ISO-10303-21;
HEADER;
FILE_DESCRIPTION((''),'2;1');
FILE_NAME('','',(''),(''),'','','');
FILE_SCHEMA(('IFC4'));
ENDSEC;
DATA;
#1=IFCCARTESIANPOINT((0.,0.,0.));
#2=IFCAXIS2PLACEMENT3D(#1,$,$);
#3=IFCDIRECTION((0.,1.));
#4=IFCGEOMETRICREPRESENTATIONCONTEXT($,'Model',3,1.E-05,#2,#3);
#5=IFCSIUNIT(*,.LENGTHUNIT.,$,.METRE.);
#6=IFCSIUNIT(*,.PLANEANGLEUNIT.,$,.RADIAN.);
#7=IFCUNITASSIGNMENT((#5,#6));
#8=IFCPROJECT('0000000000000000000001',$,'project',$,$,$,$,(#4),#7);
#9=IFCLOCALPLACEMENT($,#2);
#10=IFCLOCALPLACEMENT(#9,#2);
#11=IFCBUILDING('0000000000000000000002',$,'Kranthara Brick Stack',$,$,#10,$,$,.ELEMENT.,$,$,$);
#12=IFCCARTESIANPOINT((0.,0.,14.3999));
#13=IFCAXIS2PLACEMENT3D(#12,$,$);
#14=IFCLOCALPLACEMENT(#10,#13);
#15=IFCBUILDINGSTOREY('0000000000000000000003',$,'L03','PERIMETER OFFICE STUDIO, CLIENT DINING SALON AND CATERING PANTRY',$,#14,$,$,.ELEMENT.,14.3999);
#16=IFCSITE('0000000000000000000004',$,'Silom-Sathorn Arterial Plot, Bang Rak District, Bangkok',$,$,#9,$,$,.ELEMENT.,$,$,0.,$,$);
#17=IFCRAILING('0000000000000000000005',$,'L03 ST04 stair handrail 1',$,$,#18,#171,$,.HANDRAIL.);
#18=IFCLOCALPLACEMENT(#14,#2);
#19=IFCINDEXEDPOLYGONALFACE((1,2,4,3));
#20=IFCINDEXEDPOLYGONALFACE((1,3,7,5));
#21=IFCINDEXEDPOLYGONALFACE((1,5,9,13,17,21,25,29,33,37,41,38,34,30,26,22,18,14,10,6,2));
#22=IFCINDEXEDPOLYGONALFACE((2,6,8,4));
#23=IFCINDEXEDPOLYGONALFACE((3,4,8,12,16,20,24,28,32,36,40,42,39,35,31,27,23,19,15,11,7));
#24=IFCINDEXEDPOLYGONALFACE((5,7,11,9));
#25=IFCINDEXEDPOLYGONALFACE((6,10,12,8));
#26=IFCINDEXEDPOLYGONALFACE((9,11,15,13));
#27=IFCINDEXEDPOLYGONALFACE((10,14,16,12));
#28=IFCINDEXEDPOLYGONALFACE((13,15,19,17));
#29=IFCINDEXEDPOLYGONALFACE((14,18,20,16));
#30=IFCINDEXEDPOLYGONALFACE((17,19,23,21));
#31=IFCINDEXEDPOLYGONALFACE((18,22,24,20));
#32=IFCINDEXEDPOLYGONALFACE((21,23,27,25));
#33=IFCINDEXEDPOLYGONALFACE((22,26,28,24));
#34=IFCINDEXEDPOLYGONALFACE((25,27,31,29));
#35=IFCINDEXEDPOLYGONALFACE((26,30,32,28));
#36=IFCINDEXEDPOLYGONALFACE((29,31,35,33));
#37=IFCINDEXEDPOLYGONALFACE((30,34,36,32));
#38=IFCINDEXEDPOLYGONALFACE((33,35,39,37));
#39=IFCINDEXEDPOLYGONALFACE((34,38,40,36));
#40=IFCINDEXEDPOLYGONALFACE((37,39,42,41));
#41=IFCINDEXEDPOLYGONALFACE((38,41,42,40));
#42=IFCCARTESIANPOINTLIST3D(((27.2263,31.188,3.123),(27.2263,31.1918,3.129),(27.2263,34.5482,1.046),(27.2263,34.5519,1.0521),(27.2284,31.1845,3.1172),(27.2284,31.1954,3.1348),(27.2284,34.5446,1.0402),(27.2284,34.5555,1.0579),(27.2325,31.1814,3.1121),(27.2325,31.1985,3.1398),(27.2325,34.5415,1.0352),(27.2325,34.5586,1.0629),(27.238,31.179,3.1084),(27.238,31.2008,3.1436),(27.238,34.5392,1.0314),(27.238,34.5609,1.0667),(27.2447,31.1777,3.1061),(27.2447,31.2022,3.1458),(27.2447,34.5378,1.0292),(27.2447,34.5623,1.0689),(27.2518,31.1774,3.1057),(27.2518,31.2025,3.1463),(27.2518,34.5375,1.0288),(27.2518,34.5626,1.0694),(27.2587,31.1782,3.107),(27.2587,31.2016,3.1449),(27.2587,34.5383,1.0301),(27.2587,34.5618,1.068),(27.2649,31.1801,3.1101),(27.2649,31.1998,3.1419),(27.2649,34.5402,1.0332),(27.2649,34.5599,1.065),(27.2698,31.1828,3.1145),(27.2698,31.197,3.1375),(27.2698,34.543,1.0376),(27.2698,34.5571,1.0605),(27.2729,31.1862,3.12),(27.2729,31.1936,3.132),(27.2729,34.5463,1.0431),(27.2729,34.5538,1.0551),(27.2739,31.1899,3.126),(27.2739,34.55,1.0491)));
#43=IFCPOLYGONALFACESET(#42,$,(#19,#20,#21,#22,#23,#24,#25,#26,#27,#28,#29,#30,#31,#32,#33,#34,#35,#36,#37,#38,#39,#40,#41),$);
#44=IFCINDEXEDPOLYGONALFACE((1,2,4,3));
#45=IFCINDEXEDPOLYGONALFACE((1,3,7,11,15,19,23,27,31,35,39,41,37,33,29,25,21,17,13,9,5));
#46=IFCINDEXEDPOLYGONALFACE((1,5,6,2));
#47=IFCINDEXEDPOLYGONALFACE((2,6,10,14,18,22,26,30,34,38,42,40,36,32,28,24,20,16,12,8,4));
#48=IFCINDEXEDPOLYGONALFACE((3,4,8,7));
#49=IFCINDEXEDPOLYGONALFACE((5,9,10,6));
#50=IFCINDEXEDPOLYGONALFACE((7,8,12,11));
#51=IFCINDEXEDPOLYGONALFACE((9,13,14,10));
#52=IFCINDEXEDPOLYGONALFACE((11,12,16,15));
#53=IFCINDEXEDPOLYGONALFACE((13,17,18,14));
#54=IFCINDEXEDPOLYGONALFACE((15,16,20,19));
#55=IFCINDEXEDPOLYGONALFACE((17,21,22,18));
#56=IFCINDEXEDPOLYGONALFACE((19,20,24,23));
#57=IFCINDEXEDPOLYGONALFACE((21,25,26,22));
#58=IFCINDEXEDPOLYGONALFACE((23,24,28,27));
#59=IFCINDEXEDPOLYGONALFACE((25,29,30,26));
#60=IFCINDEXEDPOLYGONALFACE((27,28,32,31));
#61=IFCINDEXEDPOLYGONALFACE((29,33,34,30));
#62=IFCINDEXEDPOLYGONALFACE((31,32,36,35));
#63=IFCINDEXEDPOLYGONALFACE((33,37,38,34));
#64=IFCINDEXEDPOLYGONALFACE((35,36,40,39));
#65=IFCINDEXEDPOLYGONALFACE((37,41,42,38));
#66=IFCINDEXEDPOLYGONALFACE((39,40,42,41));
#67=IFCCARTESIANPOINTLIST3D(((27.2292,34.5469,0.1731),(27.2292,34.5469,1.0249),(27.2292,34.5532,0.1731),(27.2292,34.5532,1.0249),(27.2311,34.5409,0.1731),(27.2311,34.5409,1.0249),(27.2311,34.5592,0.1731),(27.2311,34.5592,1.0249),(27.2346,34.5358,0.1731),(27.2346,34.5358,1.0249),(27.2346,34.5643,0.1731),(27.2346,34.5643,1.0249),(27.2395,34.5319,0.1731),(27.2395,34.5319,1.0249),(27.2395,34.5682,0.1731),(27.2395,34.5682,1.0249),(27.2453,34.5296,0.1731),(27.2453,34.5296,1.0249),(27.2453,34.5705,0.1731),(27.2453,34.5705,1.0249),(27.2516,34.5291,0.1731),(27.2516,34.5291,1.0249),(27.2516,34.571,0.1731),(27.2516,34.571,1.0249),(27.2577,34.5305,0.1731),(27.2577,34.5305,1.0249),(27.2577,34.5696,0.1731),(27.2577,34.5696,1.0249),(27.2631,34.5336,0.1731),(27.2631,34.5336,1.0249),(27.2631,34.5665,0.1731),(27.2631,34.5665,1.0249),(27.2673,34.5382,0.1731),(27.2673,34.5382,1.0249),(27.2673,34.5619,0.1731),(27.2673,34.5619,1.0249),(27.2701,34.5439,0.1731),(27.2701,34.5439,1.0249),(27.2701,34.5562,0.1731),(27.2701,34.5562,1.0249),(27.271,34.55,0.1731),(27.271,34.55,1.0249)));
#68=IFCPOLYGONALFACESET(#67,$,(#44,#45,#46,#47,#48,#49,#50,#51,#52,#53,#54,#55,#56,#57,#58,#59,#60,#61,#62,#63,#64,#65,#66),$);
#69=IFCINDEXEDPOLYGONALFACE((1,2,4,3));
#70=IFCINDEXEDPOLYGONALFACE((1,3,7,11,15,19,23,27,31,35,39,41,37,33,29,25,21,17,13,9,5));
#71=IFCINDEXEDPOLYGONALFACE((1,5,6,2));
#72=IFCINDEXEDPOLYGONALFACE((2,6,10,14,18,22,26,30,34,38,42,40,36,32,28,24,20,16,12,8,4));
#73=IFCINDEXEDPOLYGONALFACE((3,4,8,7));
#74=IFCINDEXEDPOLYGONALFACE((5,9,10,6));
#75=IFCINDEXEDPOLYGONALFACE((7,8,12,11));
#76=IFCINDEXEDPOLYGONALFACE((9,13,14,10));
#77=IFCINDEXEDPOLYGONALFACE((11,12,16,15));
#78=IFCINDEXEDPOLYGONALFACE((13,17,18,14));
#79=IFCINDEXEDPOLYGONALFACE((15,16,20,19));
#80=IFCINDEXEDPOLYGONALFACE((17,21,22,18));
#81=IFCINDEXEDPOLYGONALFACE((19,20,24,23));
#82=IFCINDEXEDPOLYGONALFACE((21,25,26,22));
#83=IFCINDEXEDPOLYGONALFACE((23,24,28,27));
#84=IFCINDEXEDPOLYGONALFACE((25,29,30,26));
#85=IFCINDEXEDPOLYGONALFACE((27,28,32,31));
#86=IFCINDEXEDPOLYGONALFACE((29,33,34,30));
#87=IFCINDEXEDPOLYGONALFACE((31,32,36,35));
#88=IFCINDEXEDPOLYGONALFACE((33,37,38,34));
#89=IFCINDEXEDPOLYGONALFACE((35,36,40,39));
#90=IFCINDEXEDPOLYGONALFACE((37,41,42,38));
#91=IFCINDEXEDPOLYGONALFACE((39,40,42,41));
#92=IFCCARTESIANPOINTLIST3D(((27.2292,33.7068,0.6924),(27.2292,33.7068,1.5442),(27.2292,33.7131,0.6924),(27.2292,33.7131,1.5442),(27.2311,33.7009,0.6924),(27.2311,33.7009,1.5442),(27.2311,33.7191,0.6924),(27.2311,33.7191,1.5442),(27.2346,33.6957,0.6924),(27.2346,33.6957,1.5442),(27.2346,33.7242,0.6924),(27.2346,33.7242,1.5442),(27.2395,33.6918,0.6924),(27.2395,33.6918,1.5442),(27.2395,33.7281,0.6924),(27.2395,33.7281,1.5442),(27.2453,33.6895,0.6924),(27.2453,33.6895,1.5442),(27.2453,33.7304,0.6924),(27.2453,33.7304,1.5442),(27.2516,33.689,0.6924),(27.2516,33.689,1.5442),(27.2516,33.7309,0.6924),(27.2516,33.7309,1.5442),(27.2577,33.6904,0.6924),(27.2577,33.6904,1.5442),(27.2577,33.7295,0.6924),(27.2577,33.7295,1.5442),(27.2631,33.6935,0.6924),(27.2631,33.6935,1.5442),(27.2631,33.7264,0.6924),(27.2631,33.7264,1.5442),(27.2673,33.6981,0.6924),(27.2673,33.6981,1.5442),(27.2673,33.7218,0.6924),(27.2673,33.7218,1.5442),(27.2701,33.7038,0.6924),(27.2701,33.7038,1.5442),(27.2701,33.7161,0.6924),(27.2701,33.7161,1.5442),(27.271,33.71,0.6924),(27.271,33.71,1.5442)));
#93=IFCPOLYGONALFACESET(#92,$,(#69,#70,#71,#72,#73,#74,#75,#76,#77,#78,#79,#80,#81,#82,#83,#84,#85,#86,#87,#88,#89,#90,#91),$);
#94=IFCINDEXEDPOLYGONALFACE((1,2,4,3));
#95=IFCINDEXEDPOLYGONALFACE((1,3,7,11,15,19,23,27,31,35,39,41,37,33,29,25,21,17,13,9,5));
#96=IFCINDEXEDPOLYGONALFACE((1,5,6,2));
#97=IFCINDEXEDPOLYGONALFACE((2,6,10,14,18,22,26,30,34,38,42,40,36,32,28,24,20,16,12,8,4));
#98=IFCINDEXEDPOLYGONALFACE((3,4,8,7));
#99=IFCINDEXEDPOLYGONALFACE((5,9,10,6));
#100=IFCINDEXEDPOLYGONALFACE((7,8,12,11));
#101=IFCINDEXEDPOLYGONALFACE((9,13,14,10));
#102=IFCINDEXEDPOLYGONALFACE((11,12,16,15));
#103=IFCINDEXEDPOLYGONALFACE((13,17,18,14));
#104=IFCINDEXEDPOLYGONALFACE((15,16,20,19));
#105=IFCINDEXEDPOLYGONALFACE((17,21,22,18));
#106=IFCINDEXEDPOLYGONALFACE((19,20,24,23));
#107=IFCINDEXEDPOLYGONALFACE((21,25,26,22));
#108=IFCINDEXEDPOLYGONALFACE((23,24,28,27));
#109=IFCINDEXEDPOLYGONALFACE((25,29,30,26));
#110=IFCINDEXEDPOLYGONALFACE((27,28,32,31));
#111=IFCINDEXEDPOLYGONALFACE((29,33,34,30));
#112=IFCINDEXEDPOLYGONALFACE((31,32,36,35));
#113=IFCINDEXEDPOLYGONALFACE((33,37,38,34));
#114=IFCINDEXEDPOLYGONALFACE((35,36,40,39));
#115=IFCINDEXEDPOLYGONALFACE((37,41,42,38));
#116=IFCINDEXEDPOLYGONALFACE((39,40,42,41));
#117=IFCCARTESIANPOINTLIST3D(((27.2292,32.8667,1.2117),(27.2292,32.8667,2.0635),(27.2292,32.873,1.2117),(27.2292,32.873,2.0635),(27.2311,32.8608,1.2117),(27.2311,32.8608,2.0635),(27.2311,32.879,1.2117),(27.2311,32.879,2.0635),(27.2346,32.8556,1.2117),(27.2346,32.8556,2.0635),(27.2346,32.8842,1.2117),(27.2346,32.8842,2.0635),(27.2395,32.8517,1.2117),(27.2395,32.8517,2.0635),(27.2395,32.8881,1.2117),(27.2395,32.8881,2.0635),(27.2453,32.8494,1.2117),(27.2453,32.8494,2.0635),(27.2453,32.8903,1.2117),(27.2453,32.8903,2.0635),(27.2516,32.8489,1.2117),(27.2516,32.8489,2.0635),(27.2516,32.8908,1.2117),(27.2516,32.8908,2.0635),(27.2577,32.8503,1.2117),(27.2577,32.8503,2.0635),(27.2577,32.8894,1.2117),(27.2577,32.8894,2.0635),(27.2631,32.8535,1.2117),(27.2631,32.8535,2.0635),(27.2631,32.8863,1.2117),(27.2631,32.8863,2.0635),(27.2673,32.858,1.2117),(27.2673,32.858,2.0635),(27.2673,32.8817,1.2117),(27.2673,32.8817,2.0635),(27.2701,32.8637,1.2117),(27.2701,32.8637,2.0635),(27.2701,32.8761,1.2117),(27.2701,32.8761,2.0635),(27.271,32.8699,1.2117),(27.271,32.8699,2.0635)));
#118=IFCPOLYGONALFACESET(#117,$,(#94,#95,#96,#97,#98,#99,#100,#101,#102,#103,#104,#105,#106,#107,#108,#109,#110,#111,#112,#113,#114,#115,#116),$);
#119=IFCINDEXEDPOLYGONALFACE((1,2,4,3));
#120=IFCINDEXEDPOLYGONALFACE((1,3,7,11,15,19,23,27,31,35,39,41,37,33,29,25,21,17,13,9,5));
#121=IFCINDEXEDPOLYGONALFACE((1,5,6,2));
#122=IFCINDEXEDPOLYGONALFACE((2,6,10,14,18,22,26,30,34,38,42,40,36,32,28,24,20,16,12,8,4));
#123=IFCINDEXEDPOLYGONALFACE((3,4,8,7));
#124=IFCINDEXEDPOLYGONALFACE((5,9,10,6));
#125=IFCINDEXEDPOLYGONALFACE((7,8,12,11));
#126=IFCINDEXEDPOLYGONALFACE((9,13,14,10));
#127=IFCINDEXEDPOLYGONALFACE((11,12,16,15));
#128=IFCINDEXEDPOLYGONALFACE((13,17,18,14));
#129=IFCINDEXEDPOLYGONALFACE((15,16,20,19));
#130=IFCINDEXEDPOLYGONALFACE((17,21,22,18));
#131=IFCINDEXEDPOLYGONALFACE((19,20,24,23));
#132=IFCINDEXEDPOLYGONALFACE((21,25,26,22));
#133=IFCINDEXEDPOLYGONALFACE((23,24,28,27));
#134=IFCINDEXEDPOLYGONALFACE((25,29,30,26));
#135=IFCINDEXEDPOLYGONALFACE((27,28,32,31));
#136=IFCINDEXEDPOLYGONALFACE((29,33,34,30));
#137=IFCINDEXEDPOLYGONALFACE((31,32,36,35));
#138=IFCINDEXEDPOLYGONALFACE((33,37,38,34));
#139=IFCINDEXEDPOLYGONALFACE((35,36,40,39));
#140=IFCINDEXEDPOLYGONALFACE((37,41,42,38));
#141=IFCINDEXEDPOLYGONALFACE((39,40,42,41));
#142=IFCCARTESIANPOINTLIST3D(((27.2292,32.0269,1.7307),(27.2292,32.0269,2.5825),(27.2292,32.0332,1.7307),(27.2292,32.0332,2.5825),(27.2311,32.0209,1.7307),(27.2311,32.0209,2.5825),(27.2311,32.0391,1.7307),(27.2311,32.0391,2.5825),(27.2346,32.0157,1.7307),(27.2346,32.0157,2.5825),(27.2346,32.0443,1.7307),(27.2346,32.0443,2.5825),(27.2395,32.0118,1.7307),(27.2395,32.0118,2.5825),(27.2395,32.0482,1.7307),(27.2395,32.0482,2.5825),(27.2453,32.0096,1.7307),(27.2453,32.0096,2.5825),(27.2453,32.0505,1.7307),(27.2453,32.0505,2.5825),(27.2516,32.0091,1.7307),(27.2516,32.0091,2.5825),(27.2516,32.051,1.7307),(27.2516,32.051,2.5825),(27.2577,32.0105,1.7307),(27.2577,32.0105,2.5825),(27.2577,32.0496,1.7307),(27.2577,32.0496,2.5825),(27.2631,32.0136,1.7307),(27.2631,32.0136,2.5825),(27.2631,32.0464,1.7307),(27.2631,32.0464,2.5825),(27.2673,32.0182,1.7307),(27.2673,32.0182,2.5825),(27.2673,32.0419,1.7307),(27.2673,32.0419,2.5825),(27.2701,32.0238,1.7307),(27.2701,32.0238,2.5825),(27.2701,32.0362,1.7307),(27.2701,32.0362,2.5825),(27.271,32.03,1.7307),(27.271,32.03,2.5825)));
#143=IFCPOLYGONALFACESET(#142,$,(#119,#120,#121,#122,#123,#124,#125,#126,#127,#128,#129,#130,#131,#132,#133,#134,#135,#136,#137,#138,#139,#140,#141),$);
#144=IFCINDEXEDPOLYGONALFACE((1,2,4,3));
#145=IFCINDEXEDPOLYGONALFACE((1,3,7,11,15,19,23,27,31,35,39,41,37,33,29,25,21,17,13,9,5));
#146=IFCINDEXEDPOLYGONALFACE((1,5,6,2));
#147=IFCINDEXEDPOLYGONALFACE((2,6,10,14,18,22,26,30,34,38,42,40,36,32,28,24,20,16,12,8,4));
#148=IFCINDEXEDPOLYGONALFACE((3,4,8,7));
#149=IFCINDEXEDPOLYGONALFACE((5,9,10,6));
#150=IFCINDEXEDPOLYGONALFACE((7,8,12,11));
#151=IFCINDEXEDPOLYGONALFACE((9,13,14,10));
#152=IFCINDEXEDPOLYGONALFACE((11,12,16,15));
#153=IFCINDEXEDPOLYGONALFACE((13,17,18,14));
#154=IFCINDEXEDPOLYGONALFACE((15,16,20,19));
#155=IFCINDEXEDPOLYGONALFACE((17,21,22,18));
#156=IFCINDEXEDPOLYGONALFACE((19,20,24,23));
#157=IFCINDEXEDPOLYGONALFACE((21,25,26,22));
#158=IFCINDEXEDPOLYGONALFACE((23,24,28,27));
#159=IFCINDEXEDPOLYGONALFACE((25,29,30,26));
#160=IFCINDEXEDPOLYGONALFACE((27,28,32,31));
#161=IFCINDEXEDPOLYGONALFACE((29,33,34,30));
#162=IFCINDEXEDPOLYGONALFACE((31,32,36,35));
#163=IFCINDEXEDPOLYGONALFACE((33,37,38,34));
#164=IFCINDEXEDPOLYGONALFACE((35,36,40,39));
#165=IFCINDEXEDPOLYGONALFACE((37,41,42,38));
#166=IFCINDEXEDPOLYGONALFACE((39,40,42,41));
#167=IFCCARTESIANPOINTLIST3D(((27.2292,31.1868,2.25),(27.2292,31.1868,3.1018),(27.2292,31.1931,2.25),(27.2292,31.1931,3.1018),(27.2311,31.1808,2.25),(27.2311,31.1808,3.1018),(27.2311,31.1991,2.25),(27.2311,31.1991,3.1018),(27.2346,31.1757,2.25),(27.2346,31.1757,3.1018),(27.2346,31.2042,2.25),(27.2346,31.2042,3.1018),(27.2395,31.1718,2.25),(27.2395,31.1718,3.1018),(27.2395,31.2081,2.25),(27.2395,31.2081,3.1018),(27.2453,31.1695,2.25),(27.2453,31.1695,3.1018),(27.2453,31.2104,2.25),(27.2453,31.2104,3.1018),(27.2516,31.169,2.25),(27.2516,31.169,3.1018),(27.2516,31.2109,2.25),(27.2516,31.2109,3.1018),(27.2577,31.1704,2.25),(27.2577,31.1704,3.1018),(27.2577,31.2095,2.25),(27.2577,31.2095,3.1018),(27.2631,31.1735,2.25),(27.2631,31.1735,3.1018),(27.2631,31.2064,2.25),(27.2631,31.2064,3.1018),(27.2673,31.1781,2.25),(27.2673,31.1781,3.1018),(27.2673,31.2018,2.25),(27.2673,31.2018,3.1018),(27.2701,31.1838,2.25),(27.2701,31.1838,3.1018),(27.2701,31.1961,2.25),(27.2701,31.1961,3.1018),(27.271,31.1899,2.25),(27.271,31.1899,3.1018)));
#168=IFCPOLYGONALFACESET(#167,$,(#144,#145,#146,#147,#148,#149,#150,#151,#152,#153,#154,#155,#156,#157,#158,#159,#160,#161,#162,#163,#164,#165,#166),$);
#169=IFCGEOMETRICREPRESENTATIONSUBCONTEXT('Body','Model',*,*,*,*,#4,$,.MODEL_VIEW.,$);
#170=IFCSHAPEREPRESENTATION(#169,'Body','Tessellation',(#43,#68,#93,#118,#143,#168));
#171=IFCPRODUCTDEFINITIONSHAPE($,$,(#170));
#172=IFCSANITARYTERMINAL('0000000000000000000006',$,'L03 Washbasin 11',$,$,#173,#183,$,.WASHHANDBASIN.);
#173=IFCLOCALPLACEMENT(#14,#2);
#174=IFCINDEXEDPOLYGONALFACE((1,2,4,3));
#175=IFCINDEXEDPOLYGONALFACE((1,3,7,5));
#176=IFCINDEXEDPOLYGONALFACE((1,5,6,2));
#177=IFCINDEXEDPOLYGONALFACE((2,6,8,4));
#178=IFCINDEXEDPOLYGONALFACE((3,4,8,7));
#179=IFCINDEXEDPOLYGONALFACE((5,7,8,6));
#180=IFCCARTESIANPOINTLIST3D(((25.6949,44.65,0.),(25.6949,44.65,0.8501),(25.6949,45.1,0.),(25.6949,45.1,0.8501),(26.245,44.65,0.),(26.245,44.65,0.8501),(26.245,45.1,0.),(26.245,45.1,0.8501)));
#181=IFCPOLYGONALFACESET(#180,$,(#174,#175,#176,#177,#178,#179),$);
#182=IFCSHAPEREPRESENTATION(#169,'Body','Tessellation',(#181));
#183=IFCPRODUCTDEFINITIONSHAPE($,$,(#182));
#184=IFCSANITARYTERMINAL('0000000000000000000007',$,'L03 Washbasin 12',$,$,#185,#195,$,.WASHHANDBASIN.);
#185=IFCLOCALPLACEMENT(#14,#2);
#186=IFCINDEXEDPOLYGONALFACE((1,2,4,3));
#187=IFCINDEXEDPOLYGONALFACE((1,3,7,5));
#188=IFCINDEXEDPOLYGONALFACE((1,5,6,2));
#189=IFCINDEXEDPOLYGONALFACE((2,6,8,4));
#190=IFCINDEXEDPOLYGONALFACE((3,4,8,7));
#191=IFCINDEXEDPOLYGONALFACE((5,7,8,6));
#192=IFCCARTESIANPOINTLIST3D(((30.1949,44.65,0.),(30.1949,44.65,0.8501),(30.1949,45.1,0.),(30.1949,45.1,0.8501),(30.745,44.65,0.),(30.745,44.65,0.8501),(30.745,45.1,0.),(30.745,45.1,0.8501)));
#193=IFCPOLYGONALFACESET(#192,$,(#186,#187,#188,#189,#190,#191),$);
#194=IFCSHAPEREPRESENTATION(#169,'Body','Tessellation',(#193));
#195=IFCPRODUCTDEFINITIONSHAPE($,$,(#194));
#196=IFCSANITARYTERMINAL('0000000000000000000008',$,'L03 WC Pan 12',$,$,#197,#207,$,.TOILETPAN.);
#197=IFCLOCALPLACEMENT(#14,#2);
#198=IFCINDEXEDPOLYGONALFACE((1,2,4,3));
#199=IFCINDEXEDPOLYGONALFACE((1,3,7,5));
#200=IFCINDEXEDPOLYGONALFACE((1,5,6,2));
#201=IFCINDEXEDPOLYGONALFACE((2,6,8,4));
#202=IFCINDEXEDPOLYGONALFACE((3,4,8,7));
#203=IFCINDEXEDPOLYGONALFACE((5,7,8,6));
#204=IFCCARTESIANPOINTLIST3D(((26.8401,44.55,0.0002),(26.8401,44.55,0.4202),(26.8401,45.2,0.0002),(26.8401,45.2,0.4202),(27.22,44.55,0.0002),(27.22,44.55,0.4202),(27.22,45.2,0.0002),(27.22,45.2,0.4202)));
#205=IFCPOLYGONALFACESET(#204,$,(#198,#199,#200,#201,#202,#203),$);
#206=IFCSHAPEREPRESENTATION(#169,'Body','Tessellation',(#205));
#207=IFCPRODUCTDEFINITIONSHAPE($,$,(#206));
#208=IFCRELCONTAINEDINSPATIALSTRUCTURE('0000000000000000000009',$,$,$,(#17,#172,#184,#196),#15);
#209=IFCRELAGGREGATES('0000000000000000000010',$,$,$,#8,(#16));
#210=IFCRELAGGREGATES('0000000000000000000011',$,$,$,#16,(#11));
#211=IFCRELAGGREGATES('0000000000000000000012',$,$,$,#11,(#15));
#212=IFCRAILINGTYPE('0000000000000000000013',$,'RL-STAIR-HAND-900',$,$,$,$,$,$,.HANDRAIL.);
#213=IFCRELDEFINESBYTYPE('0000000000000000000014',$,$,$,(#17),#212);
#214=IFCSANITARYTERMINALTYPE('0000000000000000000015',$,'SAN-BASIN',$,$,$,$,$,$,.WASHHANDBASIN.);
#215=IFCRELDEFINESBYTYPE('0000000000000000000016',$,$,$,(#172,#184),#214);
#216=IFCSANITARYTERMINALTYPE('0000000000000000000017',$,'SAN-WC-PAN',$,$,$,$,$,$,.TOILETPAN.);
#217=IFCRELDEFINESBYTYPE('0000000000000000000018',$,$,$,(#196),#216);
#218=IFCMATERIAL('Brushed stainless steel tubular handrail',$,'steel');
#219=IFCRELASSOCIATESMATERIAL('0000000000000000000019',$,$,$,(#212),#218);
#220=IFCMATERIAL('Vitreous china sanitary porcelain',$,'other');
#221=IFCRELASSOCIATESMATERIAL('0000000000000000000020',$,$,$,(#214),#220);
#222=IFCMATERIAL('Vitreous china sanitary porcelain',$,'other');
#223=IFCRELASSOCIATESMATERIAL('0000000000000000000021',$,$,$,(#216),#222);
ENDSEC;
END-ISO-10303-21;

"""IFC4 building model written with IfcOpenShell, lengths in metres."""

from ifc_helpers import new_model, si_unit, direction, frame, origin, origin_2d, place, context, subcontext, project, spatial, rectangle, circle, extrude, material, type_object, element, save


model = new_model("IFC4")

# Units and contexts
model_context = context("Model", 3, precision=1e-05, world=origin(), true_north=direction((0.0, 1.0)))
body_context = subcontext(model_context, "Body", "Model", "MODEL_VIEW")
ifc_project = project(units=[si_unit("LENGTHUNIT", "METRE"), si_unit("PLANEANGLEUNIT", "RADIAN")], contexts=[model_context])

# Site, building, storey
site_placement = place(None, origin())
site = spatial("IfcSite", under=ifc_project, at=site_placement, Name="Silom-Sathorn Arterial Plot, Bang Rak District, Bangkok", CompositionType="ELEMENT", RefElevation=0.0)
building_placement = place(site_placement, origin())
building = spatial("IfcBuilding", under=site, at=building_placement, Name="Kranthara Brick Stack", CompositionType="ELEMENT")
storey_placement = place(building_placement, frame((0.0, 0.0, 14.3999)))
storey = spatial("IfcBuildingStorey", under=building, at=storey_placement, Name="L03", Description="PERIMETER OFFICE STUDIO, CLIENT DINING SALON AND CATERING PANTRY", CompositionType="ELEMENT", Elevation=14.3999)

# Railing
ifc_material_1 = material(Name="Brushed stainless steel tubular handrail", Category="steel")
railing_type_1 = type_object("IfcRailingType", Name="RL-STAIR-HAND-900", PredefinedType="HANDRAIL", material=ifc_material_1)
railing_1_placement = place(storey_placement, frame((27.25, 34.55, 0.1731)))
element("IfcRailing", 1, at=railing_1_placement, inside=storey, type_object=railing_type_1, Name="L03 ST04 stair handrail 1", PredefinedType="HANDRAIL", context=body_context, shape_type="SweptSolid", body=[
    extrude(circle(Radius=0.0239, at=origin_2d()), frame((0.0, 0.0, 0.876), z_axis=(0.0, -0.850623, 0.525776), x_axis=(1.0, 0.0, 0.0)), (0.0, 0.0, 1.0), 3.9502),
    extrude(circle(Radius=0.021, at=origin_2d()), origin(), (0.0, 0.0, 1.0), 0.8518),
    extrude(circle(Radius=0.021, at=origin_2d()), frame((0.0, -0.8401, 0.5193)), (0.0, 0.0, 1.0), 0.8518),
    extrude(circle(Radius=0.021, at=origin_2d()), frame((0.0, -1.6802, 1.0386)), (0.0, 0.0, 1.0), 0.8518),
    extrude(circle(Radius=0.021, at=origin_2d()), frame((0.0, -2.52, 1.5576)), (0.0, 0.0, 1.0), 0.8518),
    extrude(circle(Radius=0.021, at=origin_2d()), frame((0.0, -3.3601, 2.0769)), (0.0, 0.0, 1.0), 0.8518),
])

# Sanitary terminals
ifc_material_2 = material(Name="Vitreous china sanitary porcelain", Category="other")
sanitary_terminal_type_1 = type_object("IfcSanitaryTerminalType", Name="SAN-BASIN", PredefinedType="WASHHANDBASIN", material=ifc_material_2)
for number, where, z_axis, x_axis, name in (
    (2, (25.97, 44.875, 0.0), (0.0, 0.0, 1.0), (1.0, 0.0, 0.0), "L03 Washbasin 11"),
    (3, (30.47, 44.875, 0.0), (0.0, 0.0, 1.0), (1.0, 0.0, 0.0), "L03 Washbasin 12"),
):
    element("IfcSanitaryTerminal", number, at=place(storey_placement, frame(where, z_axis=z_axis, x_axis=x_axis)), inside=storey, type_object=sanitary_terminal_type_1, Name=name, PredefinedType="WASHHANDBASIN", context=body_context, shape_type="SweptSolid", body=[
        extrude(rectangle(XDim=0.55, YDim=0.45, at=origin_2d()), origin(), (0.0, 0.0, 1.0), 0.8501),
    ])
ifc_material_3 = material(Name="Vitreous china sanitary porcelain", Category="other")
sanitary_terminal_type_2 = type_object("IfcSanitaryTerminalType", Name="SAN-WC-PAN", PredefinedType="TOILETPAN", material=ifc_material_3)
sanitary_terminal_placement = place(storey_placement, frame((27.03, 44.875, 0.0002), z_axis=(0.0, 0.0, 1.0), x_axis=(1.0, 0.0, 0.0)))
element("IfcSanitaryTerminal", 4, at=sanitary_terminal_placement, inside=storey, type_object=sanitary_terminal_type_2, Name="L03 WC Pan 12", PredefinedType="TOILETPAN", context=body_context, shape_type="SweptSolid", body=[
    extrude(rectangle(XDim=0.3799, YDim=0.6499, at=origin_2d()), origin(), (0.0, 0.0, 1.0), 0.4199),
])

save(model, "model.ifc")
